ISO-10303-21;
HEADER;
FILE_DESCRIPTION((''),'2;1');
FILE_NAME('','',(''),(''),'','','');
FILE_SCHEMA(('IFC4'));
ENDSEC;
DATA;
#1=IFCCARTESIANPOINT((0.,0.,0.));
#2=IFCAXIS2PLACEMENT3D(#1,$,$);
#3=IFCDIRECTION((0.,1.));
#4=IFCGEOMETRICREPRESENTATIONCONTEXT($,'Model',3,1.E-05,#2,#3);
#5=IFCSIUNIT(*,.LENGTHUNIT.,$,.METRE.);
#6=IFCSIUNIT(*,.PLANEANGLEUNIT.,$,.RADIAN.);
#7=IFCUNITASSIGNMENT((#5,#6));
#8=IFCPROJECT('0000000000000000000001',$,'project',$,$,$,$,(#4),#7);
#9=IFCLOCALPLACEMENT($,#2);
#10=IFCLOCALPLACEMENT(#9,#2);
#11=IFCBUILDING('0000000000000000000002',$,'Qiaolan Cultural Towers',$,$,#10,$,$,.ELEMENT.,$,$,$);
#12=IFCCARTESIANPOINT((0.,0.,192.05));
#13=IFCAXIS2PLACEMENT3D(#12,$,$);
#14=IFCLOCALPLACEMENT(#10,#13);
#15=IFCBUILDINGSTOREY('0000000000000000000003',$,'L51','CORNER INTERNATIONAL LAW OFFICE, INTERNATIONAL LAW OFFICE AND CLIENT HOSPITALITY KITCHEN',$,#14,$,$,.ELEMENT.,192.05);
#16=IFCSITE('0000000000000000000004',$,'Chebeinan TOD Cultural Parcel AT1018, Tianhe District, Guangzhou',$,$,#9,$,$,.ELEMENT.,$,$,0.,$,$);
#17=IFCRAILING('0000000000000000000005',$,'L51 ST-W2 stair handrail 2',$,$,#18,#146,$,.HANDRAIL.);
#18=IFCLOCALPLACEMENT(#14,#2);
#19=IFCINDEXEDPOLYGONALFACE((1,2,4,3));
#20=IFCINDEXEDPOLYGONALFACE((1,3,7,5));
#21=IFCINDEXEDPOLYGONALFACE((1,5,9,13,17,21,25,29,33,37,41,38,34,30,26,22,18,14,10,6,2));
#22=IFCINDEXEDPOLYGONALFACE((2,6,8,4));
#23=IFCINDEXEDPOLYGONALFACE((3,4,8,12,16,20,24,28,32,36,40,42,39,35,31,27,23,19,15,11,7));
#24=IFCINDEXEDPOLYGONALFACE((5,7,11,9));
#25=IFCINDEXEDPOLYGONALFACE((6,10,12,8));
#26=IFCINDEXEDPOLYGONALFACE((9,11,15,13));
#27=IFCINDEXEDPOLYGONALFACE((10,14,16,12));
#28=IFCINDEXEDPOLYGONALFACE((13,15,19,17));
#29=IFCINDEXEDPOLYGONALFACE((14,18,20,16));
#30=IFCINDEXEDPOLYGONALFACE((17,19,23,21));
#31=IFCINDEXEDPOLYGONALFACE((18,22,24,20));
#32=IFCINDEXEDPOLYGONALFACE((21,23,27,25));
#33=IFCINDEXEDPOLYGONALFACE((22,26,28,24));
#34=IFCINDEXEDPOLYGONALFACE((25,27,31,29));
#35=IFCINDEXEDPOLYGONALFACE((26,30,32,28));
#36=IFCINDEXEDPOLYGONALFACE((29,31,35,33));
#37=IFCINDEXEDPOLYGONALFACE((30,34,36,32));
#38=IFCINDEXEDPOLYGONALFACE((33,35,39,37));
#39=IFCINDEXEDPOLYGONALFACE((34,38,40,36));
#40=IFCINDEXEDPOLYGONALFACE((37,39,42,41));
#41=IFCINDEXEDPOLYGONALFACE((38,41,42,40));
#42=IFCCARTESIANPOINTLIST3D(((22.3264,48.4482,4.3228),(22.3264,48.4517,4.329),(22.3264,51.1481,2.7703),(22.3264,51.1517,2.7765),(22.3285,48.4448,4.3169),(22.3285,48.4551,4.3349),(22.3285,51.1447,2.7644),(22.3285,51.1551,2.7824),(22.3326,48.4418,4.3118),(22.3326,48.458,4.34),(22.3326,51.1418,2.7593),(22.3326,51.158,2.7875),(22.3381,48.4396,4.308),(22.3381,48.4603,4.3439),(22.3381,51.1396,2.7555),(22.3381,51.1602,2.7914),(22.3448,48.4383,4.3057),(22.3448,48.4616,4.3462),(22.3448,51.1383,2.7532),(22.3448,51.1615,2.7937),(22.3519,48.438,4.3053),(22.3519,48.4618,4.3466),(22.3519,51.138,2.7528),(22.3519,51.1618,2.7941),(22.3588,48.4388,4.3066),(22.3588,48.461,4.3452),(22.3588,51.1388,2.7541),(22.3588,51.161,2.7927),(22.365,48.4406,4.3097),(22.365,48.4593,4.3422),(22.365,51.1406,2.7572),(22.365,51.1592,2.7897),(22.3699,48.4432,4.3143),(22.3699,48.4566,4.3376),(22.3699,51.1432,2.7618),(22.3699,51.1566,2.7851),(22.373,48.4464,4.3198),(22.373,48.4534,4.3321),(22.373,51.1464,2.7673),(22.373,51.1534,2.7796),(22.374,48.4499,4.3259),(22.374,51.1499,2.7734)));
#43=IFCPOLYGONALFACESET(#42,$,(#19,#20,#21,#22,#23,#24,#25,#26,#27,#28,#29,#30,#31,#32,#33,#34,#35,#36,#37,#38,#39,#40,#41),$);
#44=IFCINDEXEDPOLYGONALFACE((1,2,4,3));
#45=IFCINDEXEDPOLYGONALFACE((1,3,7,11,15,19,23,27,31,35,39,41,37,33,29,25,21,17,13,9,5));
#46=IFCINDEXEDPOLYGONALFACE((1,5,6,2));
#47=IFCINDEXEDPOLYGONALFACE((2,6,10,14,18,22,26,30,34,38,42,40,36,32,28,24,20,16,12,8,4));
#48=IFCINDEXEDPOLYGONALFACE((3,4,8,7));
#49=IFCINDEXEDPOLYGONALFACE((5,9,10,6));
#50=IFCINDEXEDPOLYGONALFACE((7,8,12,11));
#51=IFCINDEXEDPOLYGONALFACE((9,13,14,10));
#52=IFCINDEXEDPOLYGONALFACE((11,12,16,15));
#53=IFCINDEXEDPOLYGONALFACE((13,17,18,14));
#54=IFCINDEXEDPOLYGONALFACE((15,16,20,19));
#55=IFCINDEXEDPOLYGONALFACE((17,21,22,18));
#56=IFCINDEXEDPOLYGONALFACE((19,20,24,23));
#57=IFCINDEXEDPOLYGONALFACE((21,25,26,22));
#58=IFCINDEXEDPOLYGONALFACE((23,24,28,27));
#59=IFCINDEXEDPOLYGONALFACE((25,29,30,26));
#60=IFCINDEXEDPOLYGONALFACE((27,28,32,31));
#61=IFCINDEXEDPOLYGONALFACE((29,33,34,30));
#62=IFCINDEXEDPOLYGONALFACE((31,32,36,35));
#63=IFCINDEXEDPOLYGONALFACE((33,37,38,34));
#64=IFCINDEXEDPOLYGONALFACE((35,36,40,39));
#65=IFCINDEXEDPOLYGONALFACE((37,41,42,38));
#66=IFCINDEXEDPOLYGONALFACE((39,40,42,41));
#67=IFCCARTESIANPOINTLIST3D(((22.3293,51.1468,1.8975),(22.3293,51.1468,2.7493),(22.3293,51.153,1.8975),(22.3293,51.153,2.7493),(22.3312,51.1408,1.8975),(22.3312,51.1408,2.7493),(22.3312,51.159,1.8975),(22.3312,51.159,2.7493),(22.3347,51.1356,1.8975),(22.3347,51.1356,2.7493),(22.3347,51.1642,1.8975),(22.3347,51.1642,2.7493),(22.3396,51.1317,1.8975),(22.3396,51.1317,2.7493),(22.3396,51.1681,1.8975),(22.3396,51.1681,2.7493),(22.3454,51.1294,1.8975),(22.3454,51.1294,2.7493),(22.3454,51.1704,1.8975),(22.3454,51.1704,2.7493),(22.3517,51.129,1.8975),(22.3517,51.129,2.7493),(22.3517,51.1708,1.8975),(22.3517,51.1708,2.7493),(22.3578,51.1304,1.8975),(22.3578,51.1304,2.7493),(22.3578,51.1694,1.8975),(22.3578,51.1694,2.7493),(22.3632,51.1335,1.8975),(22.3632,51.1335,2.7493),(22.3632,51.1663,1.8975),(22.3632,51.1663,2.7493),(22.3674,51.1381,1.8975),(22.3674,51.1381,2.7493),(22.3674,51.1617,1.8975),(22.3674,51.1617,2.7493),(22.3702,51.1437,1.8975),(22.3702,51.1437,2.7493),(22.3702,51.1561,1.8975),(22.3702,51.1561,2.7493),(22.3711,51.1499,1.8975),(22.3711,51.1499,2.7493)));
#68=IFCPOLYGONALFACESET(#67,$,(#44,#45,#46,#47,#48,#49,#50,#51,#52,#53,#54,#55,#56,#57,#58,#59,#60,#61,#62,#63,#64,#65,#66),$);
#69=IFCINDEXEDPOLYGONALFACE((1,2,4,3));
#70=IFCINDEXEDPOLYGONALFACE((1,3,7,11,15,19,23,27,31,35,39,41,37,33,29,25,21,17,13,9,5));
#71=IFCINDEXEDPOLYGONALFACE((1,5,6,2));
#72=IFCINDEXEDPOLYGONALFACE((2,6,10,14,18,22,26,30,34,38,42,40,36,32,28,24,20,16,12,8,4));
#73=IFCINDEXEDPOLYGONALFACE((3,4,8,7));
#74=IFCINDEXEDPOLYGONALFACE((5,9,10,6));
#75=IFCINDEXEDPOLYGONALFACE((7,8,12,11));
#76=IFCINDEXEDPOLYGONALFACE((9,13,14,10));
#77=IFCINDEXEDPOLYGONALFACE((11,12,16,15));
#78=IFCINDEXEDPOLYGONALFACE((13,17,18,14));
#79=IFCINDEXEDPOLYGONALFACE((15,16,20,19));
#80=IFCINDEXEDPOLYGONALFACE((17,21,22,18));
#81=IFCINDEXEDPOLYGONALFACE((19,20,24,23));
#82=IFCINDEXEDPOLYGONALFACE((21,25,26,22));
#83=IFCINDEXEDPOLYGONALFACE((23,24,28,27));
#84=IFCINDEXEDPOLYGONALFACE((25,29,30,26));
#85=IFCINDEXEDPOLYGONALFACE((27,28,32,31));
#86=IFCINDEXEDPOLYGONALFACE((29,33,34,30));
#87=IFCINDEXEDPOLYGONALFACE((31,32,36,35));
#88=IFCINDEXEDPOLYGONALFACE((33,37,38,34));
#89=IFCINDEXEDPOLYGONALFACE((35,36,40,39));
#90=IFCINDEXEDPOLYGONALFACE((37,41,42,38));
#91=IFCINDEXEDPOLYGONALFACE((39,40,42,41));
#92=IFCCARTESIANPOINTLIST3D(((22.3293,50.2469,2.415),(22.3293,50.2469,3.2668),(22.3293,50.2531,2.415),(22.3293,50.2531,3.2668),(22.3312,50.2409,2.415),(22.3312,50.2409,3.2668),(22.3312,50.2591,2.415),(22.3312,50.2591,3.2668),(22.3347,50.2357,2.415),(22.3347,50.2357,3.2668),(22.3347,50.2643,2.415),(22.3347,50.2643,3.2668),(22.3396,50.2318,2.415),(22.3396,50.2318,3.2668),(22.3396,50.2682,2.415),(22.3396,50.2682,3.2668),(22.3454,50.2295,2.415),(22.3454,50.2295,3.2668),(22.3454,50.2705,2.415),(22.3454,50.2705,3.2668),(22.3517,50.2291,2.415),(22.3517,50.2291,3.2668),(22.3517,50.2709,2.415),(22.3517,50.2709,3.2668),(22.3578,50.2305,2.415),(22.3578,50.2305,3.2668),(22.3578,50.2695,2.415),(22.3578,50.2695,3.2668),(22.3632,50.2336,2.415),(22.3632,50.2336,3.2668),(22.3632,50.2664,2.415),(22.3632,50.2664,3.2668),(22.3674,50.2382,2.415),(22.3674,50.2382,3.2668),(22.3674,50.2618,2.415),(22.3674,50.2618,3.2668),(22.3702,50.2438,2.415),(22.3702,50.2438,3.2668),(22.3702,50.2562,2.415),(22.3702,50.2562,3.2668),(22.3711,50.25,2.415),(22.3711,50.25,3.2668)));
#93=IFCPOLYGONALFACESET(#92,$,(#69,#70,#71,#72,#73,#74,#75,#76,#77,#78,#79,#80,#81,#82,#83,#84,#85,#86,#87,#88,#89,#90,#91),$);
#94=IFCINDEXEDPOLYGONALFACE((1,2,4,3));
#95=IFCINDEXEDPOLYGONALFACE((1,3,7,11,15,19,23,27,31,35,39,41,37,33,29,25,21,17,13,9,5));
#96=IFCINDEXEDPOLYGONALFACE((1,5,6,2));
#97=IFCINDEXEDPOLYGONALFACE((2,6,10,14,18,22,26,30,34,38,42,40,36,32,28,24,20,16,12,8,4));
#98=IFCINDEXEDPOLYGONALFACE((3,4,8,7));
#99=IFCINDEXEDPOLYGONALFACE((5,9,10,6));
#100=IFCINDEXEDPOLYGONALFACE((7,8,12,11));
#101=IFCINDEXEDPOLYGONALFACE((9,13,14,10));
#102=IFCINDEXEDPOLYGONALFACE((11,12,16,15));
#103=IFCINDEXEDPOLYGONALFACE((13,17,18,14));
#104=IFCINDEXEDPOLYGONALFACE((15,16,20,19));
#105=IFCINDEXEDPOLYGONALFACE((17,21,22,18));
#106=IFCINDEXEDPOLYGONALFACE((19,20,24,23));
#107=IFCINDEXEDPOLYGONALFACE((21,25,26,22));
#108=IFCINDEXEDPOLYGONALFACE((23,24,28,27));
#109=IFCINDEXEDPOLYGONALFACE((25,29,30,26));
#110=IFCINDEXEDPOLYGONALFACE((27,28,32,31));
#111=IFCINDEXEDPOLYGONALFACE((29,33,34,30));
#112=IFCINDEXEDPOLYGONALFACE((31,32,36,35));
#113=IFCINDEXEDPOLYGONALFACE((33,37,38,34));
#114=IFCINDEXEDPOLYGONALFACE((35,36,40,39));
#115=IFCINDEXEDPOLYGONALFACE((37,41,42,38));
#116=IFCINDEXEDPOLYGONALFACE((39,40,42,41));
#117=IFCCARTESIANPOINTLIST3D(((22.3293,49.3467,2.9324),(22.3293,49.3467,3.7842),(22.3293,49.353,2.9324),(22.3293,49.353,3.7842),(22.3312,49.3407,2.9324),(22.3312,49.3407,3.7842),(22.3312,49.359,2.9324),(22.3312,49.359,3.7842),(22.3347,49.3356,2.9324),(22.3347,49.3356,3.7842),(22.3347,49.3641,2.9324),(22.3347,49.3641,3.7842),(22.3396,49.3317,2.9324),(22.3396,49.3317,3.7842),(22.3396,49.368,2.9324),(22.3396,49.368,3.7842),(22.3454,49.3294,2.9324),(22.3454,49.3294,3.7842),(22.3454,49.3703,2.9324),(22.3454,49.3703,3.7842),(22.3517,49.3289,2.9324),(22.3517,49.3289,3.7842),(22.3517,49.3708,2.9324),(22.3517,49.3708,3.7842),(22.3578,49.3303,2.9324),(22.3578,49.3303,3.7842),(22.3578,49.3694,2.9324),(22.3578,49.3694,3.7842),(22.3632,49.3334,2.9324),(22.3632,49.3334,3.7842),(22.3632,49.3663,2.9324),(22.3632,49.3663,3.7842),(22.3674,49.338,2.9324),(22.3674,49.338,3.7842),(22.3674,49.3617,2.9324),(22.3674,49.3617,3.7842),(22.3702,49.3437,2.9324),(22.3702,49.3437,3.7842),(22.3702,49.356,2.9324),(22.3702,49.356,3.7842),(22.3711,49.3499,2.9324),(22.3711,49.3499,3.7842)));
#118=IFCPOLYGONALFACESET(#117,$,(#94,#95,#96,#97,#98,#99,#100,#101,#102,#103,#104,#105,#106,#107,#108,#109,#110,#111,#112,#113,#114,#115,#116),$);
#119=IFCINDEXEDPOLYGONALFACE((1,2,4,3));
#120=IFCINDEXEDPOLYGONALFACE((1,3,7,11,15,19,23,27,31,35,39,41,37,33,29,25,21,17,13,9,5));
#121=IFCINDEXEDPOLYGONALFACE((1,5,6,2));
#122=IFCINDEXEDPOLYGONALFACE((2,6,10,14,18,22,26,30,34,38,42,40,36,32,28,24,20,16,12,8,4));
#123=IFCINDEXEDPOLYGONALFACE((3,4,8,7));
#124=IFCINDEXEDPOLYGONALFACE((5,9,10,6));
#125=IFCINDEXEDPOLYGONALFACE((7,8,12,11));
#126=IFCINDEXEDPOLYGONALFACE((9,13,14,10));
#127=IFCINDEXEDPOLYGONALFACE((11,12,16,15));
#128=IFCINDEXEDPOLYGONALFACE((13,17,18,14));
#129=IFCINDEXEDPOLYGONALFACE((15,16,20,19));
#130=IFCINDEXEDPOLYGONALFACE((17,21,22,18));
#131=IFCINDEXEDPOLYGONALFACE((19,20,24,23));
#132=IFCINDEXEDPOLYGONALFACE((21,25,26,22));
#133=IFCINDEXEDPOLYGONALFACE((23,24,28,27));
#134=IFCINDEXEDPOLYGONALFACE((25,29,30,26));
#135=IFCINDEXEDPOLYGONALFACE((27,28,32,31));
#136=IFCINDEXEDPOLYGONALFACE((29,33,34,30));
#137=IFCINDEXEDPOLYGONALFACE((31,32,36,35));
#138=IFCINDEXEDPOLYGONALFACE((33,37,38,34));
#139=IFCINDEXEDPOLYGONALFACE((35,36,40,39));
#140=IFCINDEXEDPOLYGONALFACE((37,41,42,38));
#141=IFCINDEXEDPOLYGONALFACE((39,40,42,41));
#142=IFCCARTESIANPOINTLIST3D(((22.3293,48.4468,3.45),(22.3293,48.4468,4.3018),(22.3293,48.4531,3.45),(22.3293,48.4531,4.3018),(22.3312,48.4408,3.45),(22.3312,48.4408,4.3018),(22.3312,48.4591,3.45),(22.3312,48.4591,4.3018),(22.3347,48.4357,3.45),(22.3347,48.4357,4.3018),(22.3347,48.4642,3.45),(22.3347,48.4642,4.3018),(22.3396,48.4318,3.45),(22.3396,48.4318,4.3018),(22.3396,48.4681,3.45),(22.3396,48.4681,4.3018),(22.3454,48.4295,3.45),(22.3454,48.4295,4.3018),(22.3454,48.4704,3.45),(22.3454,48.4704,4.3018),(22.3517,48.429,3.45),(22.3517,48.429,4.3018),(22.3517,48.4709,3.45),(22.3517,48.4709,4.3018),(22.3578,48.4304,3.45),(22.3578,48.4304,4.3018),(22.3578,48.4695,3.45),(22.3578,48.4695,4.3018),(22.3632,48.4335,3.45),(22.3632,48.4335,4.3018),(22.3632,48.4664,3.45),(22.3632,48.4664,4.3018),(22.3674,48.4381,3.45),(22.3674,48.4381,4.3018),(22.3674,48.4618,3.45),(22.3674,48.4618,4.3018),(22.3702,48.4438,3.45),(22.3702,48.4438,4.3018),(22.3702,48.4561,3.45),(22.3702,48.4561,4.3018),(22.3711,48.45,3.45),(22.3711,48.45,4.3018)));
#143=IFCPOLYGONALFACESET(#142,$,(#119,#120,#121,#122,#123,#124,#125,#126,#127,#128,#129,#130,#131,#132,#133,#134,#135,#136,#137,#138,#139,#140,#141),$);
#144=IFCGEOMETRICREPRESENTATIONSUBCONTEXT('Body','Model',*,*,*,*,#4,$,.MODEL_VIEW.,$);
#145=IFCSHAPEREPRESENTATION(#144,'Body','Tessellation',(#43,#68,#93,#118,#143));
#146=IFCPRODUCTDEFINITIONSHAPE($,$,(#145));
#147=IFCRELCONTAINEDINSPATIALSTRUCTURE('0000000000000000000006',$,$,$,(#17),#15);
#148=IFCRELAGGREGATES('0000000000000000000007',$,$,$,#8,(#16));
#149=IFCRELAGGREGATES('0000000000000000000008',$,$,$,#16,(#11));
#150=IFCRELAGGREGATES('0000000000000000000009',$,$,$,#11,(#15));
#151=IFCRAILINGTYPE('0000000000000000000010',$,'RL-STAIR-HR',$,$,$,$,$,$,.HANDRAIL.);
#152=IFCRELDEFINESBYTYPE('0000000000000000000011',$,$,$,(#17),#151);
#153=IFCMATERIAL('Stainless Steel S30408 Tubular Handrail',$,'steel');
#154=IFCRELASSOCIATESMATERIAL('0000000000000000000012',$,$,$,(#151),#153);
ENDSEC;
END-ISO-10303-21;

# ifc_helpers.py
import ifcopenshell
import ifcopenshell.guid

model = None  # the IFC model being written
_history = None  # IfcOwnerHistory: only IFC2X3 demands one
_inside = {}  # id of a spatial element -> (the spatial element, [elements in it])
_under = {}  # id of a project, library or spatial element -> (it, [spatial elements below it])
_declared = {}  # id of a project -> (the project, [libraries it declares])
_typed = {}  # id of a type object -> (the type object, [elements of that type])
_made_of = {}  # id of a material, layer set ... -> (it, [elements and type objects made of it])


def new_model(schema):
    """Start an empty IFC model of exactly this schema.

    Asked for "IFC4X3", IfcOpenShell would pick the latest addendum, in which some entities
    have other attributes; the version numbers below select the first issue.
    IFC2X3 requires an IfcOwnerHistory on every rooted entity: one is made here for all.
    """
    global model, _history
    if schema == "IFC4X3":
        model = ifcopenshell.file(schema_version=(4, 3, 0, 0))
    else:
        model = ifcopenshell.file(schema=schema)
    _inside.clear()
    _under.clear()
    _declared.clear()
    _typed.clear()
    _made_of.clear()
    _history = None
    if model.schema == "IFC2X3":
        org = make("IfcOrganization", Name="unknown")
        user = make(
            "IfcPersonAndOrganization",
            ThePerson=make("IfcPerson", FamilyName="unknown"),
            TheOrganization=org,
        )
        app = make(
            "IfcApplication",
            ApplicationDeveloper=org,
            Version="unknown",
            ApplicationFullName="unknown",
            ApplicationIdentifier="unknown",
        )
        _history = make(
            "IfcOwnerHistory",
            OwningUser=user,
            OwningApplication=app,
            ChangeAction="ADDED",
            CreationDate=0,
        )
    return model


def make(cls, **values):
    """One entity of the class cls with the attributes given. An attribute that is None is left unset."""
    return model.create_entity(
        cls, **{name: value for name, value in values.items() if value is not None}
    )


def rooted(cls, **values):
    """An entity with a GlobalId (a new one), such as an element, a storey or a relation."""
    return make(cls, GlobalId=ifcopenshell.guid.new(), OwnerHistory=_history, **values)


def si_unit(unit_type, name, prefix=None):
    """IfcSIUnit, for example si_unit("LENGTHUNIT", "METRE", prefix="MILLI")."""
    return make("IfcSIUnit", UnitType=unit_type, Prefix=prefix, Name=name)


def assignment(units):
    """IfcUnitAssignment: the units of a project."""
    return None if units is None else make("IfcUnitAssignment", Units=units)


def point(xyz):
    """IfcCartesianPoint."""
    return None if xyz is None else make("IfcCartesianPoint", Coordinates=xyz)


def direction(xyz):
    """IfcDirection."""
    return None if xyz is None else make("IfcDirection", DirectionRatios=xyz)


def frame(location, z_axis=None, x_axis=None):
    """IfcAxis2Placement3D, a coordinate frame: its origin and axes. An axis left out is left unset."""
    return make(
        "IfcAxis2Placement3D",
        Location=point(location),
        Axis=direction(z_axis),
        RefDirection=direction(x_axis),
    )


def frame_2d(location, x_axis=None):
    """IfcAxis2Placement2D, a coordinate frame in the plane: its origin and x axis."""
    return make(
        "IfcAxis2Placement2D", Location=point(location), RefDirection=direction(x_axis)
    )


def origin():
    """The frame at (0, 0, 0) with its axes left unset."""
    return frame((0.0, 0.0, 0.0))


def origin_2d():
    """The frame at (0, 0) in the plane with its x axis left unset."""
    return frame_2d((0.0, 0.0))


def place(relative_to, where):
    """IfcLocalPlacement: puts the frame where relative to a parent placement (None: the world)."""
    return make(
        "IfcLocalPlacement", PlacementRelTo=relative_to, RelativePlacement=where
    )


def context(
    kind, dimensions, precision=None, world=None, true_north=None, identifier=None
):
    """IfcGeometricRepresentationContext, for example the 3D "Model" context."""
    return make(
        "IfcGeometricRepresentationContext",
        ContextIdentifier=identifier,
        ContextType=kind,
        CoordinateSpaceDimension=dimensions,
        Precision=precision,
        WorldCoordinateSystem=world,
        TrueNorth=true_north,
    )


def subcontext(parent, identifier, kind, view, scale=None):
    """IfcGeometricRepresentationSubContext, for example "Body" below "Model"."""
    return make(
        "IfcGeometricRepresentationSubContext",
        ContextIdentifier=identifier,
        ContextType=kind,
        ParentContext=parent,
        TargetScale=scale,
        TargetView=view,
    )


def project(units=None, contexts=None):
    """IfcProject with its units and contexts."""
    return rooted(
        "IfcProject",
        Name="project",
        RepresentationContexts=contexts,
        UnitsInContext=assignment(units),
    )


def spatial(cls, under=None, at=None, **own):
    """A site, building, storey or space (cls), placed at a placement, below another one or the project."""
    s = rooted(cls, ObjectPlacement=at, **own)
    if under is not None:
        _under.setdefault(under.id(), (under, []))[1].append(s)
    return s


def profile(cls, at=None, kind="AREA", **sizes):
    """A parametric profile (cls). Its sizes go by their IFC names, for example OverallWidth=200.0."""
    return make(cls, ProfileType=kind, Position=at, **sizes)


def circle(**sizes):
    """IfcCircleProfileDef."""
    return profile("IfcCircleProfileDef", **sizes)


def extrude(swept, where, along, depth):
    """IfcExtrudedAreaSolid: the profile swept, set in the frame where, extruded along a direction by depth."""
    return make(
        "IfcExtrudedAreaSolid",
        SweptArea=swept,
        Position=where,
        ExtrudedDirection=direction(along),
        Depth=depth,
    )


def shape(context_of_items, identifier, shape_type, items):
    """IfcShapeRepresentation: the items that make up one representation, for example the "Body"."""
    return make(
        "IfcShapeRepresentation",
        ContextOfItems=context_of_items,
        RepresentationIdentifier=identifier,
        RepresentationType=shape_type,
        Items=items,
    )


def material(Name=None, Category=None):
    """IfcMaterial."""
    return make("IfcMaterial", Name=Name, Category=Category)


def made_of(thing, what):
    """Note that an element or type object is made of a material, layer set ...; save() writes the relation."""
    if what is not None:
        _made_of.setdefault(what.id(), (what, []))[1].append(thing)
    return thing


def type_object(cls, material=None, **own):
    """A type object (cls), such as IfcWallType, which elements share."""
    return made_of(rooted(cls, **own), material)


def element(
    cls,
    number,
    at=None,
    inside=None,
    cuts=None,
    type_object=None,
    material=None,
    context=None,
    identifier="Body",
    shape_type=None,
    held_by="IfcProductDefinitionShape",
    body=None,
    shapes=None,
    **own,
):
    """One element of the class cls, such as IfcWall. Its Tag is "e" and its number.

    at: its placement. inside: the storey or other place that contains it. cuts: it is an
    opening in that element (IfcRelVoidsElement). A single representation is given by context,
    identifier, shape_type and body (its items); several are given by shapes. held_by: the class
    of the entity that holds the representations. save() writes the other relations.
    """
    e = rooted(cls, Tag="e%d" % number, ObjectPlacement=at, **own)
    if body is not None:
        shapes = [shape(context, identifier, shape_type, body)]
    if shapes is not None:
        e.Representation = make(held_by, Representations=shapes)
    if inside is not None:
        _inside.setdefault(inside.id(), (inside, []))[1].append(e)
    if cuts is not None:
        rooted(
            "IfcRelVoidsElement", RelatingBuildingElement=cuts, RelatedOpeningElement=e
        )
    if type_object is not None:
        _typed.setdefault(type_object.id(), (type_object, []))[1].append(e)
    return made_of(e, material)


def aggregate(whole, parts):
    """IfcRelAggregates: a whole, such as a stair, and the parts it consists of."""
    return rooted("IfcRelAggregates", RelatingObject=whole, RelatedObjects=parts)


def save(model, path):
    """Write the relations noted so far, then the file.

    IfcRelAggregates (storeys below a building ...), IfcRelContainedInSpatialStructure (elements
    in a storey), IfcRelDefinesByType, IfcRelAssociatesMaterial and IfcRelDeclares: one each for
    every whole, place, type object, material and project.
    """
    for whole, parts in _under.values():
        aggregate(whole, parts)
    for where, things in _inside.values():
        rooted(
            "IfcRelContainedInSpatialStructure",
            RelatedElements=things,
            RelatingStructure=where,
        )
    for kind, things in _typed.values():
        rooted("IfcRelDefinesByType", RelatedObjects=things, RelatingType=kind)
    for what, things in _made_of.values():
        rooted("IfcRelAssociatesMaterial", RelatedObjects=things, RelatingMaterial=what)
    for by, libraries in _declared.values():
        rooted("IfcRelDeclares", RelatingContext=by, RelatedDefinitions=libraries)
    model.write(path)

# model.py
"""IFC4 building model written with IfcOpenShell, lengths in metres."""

from ifc_helpers import new_model, si_unit, direction, frame, origin, origin_2d, place, context, subcontext, project, spatial, circle, extrude, material, type_object, element, save


model = new_model("IFC4")

# Units and contexts
model_context = context("Model", 3, precision=1e-05, world=origin(), true_north=direction((0.0, 1.0)))
body_context = subcontext(model_context, "Body", "Model", "MODEL_VIEW")
ifc_project = project(units=[si_unit("LENGTHUNIT", "METRE"), si_unit("PLANEANGLEUNIT", "RADIAN")], contexts=[model_context])

# Site, building, storey
site_placement = place(None, origin())
site = spatial("IfcSite", under=ifc_project, at=site_placement, Name="Chebeinan TOD Cultural Parcel AT1018, Tianhe District, Guangzhou", CompositionType="ELEMENT", RefElevation=0.0)
building_placement = place(site_placement, origin())
building = spatial("IfcBuilding", under=site, at=building_placement, Name="Qiaolan Cultural Towers", CompositionType="ELEMENT")
storey_placement = place(building_placement, frame((0.0, 0.0, 192.05)))
storey = spatial("IfcBuildingStorey", under=building, at=storey_placement, Name="L51", Description="CORNER INTERNATIONAL LAW OFFICE, INTERNATIONAL LAW OFFICE AND CLIENT HOSPITALITY KITCHEN", CompositionType="ELEMENT", Elevation=192.05)

# Railing
ifc_material_1 = material(Name="Stainless Steel S30408 Tubular Handrail", Category="steel")
railing_type_1 = type_object("IfcRailingType", Name="RL-STAIR-HR", PredefinedType="HANDRAIL", material=ifc_material_1)
railing_1_placement = place(storey_placement, frame((22.3501, 51.1499, 1.8975)))
element("IfcRailing", 1, at=railing_1_placement, inside=storey, type_object=railing_type_1, Name="L51 ST-W2 stair handrail 2", PredefinedType="HANDRAIL", context=body_context, shape_type="SweptSolid", body=[
    extrude(circle(Radius=0.0239, at=origin_2d()), frame((0.0, 0.0, 0.876), z_axis=(0.0, -0.866904, 0.498476), x_axis=(1.0, 0.0, 0.0)), (0.0, 0.0, 1.0), 3.1145),
    extrude(circle(Radius=0.021, at=origin_2d()), origin(), (0.0, 0.0, 1.0), 0.8518),
    extrude(circle(Radius=0.021, at=origin_2d()), frame((0.0, -0.8999, 0.5176)), (0.0, 0.0, 1.0), 0.8518),
    extrude(circle(Radius=0.021, at=origin_2d()), frame((0.0, -1.8, 1.0349)), (0.0, 0.0, 1.0), 0.8518),
    extrude(circle(Radius=0.021, at=origin_2d()), frame((0.0, -2.7, 1.5525)), (0.0, 0.0, 1.0), 0.8518),
])

save(model, "model.ifc")
